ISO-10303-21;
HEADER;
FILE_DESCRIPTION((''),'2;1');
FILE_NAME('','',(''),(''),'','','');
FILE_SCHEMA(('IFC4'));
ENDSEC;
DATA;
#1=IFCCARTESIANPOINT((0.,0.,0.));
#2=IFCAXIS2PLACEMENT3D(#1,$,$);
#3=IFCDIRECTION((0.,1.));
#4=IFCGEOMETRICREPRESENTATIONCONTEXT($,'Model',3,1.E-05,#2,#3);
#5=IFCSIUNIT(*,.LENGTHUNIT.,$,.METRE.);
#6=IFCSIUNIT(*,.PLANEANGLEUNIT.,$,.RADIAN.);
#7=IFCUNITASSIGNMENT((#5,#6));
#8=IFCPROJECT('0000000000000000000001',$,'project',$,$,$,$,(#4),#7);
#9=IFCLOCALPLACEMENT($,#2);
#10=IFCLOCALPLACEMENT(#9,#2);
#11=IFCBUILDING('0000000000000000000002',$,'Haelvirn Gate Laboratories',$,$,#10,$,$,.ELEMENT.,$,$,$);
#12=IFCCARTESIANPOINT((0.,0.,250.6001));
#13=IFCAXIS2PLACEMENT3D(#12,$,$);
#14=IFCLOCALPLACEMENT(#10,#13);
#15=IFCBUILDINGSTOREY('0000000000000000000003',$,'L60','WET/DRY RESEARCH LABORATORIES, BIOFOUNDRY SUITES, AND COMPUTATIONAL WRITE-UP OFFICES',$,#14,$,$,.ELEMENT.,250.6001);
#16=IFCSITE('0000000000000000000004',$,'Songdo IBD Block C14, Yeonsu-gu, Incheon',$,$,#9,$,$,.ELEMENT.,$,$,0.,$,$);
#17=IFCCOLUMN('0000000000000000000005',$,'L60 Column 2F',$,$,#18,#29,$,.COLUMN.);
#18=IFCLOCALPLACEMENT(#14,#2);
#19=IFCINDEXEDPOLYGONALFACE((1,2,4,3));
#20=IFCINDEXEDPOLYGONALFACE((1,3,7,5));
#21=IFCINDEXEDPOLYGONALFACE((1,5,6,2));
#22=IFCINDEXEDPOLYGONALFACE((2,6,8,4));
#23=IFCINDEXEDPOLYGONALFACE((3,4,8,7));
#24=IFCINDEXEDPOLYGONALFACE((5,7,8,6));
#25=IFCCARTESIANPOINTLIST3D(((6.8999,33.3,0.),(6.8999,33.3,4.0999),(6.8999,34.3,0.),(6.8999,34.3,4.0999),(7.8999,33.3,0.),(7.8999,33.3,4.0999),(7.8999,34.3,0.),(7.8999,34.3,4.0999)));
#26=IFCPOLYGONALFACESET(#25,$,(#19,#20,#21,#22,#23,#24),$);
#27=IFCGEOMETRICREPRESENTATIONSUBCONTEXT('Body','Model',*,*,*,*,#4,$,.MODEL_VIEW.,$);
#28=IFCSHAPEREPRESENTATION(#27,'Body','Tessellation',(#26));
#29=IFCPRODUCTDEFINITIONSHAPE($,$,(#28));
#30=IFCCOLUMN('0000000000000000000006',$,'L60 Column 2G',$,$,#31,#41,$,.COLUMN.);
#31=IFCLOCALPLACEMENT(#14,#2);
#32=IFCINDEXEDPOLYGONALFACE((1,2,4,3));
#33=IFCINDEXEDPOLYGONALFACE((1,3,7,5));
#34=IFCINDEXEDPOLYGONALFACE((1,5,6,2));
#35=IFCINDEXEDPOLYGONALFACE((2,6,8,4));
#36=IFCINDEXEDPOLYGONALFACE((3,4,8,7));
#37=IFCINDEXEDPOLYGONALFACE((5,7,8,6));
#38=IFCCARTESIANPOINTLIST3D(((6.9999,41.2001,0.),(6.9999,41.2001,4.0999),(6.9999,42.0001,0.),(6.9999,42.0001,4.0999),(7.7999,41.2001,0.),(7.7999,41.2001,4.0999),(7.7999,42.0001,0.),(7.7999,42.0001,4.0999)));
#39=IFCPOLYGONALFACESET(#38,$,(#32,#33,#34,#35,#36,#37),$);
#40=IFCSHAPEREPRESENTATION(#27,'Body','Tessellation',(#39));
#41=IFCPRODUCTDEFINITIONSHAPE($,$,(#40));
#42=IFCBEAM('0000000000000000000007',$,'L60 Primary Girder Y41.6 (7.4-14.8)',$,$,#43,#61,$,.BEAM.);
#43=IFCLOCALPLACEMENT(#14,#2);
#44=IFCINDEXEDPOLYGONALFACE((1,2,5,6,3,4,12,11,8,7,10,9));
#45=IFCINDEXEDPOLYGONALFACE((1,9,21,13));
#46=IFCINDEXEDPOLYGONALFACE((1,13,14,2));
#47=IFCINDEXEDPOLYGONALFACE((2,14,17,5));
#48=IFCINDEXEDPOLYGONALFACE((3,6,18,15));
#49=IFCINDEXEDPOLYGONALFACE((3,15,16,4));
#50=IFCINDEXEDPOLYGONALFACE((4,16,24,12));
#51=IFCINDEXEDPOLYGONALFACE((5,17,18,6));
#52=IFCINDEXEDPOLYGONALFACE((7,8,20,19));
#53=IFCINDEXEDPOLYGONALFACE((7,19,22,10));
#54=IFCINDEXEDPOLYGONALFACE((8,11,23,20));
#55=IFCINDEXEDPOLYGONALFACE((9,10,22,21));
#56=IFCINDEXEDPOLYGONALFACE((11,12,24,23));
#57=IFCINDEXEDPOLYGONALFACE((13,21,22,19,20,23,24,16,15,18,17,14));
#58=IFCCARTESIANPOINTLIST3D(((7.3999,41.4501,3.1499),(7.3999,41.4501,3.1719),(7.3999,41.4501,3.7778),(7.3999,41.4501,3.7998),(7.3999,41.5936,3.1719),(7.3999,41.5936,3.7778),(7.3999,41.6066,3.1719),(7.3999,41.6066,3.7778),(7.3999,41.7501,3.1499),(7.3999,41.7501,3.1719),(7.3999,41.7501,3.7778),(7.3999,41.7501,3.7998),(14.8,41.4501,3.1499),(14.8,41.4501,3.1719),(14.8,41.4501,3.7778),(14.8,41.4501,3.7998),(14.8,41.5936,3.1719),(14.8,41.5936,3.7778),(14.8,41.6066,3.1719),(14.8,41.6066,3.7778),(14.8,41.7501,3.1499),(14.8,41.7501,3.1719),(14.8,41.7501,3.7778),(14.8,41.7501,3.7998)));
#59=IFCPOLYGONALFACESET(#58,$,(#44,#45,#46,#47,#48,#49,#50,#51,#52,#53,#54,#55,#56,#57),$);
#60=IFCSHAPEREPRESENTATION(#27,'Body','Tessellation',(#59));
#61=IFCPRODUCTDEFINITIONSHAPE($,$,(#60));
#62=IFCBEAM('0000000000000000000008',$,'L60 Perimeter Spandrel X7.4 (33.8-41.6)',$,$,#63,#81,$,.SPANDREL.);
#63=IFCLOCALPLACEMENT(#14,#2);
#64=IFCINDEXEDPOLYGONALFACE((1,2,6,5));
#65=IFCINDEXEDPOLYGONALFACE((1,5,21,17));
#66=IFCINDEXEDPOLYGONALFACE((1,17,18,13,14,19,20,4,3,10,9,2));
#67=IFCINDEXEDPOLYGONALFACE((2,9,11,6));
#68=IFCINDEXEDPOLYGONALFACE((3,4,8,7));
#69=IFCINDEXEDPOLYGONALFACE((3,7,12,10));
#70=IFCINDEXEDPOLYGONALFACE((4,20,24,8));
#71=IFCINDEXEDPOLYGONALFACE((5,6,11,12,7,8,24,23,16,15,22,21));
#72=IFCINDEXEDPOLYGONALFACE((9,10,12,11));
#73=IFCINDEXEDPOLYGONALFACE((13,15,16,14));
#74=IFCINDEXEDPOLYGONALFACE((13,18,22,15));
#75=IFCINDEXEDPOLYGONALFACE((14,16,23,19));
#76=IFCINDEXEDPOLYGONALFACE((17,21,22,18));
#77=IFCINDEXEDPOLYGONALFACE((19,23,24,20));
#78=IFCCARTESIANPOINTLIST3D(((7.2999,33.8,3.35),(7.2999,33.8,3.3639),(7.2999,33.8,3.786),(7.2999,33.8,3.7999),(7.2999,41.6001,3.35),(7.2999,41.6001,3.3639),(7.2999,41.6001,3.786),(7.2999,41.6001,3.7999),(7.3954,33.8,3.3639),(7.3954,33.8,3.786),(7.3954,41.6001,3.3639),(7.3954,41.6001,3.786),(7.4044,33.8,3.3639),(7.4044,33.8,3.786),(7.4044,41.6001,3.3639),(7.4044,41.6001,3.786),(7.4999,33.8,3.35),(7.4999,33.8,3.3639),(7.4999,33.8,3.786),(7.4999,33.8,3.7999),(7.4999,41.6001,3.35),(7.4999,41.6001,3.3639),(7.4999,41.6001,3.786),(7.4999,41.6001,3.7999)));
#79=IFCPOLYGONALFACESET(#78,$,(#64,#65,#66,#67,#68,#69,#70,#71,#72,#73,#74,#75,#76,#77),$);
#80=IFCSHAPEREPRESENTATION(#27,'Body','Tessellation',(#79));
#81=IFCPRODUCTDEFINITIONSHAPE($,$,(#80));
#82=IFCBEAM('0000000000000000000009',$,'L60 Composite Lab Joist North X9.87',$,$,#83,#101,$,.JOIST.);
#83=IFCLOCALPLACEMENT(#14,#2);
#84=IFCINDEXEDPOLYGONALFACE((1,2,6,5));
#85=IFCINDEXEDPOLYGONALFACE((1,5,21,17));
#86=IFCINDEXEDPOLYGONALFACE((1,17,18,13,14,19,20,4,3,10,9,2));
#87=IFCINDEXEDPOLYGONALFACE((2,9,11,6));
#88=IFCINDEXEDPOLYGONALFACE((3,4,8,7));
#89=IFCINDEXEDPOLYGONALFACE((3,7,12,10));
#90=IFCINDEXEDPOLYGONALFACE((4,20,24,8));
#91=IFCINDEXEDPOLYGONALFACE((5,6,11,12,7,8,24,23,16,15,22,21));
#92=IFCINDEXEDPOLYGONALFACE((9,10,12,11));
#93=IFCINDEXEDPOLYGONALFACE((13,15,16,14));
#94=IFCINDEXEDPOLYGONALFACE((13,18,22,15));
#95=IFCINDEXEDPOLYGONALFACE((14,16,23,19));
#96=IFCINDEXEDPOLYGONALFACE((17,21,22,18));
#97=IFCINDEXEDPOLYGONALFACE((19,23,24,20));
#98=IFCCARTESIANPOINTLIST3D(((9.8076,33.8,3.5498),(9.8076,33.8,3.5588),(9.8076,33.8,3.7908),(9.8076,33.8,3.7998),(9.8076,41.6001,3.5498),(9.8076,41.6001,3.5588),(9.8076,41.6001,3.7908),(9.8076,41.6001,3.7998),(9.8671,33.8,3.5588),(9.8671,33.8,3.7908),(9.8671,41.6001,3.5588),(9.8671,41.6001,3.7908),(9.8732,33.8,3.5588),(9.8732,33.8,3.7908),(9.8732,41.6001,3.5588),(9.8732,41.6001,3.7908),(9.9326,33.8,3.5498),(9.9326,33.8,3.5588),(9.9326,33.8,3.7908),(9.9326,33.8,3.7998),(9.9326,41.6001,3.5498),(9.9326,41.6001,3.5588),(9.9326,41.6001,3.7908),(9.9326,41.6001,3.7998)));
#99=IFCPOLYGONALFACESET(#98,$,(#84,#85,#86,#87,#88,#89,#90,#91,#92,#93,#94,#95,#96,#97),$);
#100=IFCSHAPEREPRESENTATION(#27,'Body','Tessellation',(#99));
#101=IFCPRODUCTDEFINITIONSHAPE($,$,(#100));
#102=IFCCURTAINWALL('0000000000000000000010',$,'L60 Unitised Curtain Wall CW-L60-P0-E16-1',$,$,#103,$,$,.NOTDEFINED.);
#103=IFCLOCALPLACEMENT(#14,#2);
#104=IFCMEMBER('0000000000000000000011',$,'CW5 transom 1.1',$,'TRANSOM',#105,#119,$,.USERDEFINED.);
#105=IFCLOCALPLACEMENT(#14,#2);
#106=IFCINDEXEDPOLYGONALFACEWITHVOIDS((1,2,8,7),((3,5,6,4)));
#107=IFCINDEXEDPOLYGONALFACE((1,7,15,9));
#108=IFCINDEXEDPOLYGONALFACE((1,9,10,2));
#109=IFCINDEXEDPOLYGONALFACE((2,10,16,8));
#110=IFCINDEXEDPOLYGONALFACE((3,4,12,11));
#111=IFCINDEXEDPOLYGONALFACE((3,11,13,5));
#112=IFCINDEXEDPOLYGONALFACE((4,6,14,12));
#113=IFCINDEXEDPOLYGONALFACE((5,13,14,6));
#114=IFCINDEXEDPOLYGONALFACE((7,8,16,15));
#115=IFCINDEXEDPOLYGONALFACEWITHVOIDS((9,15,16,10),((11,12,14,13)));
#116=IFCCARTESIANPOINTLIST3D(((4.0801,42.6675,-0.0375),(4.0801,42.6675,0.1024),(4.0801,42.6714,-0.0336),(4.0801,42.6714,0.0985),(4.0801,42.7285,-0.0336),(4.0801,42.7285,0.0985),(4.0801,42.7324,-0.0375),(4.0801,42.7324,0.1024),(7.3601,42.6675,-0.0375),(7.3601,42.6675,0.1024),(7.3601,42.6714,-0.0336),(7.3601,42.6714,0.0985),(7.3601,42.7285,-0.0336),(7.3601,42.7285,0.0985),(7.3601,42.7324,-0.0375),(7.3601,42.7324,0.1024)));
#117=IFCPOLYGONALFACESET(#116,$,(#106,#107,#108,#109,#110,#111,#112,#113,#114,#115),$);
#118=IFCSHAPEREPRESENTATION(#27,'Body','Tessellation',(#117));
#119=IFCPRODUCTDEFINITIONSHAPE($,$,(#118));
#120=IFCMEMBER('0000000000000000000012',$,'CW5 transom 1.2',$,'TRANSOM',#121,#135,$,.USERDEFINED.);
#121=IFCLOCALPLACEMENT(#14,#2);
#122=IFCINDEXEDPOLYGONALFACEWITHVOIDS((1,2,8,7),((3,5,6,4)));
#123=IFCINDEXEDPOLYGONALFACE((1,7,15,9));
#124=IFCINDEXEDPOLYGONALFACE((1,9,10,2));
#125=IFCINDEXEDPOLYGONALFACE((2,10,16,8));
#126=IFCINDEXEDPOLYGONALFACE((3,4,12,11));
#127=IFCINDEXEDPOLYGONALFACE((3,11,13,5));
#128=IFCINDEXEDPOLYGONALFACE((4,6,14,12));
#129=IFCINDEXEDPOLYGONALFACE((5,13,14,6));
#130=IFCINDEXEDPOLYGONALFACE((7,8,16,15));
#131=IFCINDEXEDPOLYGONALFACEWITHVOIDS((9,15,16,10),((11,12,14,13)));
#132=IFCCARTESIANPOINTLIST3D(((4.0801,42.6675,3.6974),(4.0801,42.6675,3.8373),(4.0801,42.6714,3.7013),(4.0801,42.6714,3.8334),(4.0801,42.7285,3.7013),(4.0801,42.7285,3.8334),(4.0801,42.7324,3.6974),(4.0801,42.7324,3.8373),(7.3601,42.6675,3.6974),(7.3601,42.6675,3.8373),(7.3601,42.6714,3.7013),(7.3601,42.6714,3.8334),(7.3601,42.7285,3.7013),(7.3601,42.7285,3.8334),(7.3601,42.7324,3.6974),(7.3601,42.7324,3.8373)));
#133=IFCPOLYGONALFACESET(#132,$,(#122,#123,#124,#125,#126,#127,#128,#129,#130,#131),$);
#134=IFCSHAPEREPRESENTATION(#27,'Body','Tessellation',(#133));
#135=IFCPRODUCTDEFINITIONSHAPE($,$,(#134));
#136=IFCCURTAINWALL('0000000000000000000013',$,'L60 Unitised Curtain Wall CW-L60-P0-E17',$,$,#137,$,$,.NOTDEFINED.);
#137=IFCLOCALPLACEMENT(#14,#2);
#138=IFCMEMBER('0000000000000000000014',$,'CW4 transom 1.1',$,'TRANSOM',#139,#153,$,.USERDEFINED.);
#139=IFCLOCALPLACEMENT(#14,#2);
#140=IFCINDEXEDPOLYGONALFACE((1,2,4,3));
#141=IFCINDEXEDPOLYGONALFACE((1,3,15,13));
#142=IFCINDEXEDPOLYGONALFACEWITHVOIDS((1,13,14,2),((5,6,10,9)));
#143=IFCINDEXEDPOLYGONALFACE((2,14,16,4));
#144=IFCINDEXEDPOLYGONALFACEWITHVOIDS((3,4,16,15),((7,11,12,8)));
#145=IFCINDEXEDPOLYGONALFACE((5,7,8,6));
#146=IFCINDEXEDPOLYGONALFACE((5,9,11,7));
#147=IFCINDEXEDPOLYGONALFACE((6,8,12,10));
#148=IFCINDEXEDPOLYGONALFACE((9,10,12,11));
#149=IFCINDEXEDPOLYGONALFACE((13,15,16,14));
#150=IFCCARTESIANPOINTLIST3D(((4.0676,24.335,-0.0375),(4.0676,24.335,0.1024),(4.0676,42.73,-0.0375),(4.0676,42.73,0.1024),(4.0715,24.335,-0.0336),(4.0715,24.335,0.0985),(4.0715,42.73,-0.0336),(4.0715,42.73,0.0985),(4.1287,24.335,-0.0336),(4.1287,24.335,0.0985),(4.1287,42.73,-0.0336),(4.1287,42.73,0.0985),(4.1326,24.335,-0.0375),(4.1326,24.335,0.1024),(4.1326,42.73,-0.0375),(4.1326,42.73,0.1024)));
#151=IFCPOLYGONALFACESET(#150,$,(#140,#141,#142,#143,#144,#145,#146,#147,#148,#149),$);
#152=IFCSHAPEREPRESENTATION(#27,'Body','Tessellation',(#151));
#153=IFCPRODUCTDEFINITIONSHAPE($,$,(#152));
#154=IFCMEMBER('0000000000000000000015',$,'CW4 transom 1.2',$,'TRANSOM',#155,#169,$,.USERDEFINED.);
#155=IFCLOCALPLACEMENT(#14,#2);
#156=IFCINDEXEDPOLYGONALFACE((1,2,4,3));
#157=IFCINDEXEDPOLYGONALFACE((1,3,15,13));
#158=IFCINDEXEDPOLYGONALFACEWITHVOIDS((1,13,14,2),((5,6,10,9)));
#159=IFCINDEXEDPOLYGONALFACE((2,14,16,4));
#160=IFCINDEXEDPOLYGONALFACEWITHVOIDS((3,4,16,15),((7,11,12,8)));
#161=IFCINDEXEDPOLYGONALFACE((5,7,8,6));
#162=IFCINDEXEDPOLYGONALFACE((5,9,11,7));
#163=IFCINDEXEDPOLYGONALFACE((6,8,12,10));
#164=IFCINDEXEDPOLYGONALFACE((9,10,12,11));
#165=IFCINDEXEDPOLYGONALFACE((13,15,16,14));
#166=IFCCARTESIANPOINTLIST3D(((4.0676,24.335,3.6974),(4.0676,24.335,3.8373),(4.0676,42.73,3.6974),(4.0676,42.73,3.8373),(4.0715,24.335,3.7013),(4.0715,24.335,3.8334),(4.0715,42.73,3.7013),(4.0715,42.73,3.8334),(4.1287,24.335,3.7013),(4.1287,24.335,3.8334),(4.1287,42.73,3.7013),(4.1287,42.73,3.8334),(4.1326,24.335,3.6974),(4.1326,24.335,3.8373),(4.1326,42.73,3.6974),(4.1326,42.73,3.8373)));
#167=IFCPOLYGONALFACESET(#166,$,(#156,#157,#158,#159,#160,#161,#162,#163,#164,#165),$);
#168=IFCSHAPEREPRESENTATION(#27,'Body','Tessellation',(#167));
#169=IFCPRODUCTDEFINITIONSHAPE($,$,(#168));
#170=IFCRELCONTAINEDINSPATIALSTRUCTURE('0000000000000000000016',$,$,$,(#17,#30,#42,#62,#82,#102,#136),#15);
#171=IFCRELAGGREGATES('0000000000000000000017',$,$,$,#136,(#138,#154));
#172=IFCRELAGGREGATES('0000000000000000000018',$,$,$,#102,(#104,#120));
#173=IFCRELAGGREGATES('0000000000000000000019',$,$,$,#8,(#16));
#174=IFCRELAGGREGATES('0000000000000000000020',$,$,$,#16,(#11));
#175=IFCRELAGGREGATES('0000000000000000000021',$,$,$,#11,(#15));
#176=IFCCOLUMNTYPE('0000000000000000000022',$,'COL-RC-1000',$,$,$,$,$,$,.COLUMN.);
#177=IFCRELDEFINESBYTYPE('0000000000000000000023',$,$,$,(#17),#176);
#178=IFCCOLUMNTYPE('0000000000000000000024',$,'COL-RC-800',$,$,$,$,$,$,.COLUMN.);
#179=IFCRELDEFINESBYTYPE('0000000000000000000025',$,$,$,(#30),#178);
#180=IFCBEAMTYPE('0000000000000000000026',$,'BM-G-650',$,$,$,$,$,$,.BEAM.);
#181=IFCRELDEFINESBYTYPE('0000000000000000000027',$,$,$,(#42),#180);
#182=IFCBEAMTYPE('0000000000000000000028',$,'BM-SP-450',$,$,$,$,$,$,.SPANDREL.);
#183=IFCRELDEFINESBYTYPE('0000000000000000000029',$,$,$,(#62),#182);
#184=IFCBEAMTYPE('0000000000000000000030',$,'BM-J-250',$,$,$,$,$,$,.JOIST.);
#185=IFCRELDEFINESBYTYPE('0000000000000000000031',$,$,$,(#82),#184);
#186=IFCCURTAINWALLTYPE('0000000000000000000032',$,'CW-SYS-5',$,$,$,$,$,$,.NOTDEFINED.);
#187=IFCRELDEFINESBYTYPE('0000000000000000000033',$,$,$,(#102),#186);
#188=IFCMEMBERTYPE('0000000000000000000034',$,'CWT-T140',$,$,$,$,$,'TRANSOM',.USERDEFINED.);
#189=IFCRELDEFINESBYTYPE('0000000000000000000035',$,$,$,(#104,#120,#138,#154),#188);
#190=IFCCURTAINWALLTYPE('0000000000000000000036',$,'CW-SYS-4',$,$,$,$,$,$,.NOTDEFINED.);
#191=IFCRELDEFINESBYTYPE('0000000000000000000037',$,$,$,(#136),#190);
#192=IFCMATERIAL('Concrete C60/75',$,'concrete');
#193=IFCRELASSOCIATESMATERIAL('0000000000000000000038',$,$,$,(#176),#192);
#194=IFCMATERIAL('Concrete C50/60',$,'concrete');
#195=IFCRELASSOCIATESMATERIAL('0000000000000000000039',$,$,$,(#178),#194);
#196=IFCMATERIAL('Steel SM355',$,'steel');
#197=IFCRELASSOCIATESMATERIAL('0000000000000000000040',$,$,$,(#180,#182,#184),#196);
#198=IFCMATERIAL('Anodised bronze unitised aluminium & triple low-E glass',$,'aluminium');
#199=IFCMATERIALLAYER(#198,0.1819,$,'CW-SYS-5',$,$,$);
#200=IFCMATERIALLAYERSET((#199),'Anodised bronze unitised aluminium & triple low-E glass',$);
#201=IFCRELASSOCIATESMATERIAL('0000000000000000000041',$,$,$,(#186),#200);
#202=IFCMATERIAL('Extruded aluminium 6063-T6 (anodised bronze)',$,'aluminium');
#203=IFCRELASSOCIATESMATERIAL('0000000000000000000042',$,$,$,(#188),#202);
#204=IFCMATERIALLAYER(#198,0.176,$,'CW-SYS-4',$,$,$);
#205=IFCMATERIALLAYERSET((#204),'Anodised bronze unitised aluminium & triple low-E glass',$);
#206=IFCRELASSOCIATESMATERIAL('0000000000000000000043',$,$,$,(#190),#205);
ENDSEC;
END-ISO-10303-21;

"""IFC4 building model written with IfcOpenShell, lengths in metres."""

from ifc_helpers import new_model, si_unit, direction, frame, origin, origin_2d, place, context, subcontext, project, spatial, rectangle, hollow_rectangle, i_section, extrude, source, transform, mapped, material, layer, layer_set, material_profile, profile_set, type_object, type_shapes, element, aggregate, save


model = new_model("IFC4")

# Units and contexts
model_context = context("Model", 3, precision=1e-05, world=origin(), true_north=direction((0.0, 1.0)))
body_context = subcontext(model_context, "Body", "Model", "MODEL_VIEW")
ifc_project = project(units=[si_unit("LENGTHUNIT", "METRE"), si_unit("PLANEANGLEUNIT", "RADIAN")], contexts=[model_context])

# Site, building, storey
site_placement = place(None, origin())
site = spatial("IfcSite", under=ifc_project, at=site_placement, Name="Songdo IBD Block C14, Yeonsu-gu, Incheon", CompositionType="ELEMENT", RefElevation=0.0)
building_placement = place(site_placement, origin())
building = spatial("IfcBuilding", under=site, at=building_placement, Name="Haelvirn Gate Laboratories", CompositionType="ELEMENT")
storey_placement = place(building_placement, frame((0.0, 0.0, 250.6001)))
storey = spatial("IfcBuildingStorey", under=building, at=storey_placement, Name="L60", Description="WET/DRY RESEARCH LABORATORIES, BIOFOUNDRY SUITES, AND COMPUTATIONAL WRITE-UP OFFICES", CompositionType="ELEMENT", Elevation=250.6001)

# Columns
ifc_material_1 = material(Name="Concrete C60/75", Category="concrete")
ifc_material_profile_1 = material_profile(ifc_material_1, rectangle(XDim=1.0, YDim=1.0, at=origin_2d()), Name="RC-1000x1000")
ifc_profile_set_1 = profile_set([ifc_material_profile_1], Name="Concrete C60/75")
column_type_1 = type_object("IfcColumnType", Name="COL-RC-1000", PredefinedType="COLUMN", material=ifc_profile_set_1)
shared_shape_1 = source(origin(), body_context, "Body", "SweptSolid", [
    extrude(rectangle(XDim=1.0, YDim=1.0, at=origin_2d()), origin(), (0.0, 0.0, 1.0), 4.0999),
])
type_shapes(column_type_1, [shared_shape_1])
column_1_placement = place(storey_placement, frame((7.3999, 33.8, 0.0), z_axis=(0.0, 0.0, 1.0), x_axis=(1.0, 0.0, 0.0)))
element("IfcColumn", 1, at=column_1_placement, inside=storey, type_object=column_type_1, Name="L60 Column 2F", PredefinedType="COLUMN", context=body_context, shape_type="MappedRepresentation", body=[
    mapped(shared_shape_1, transform((0.0, 0.0, 0.0), scale=1.0)),
])
ifc_material_2 = material(Name="Concrete C50/60", Category="concrete")
ifc_material_profile_2 = material_profile(ifc_material_2, rectangle(XDim=0.8, YDim=0.8, at=origin_2d()), Name="RC-800x800")
ifc_profile_set_2 = profile_set([ifc_material_profile_2], Name="Concrete C50/60")
column_type_2 = type_object("IfcColumnType", Name="COL-RC-800", PredefinedType="COLUMN", material=ifc_profile_set_2)
shared_shape_2 = source(origin(), body_context, "Body", "SweptSolid", [
    extrude(rectangle(XDim=0.8, YDim=0.8, at=origin_2d()), origin(), (0.0, 0.0, 1.0), 4.0999),
])
type_shapes(column_type_2, [shared_shape_2])
column_2_placement = place(storey_placement, frame((7.3999, 41.6001, 0.0), z_axis=(0.0, 0.0, 1.0), x_axis=(1.0, 0.0, 0.0)))
element("IfcColumn", 2, at=column_2_placement, inside=storey, type_object=column_type_2, Name="L60 Column 2G", PredefinedType="COLUMN", context=body_context, shape_type="MappedRepresentation", body=[
    mapped(shared_shape_2, transform((0.0, 0.0, 0.0), scale=1.0)),
])

# Beams
ifc_material_3 = material(Name="Steel SM355", Category="steel")
ifc_material_profile_3 = material_profile(ifc_material_3, i_section(OverallWidth=0.3, OverallDepth=0.6499, WebThickness=0.0129, FlangeThickness=0.022, at=origin_2d()), Name="H-650x300x13x22")
ifc_profile_set_3 = profile_set([ifc_material_profile_3], Name="Steel SM355")
beam_type_1 = type_object("IfcBeamType", Name="BM-G-650", PredefinedType="BEAM", material=ifc_profile_set_3)
shared_shape_3 = source(origin(), body_context, "Body", "SweptSolid", [
    extrude(i_section(OverallWidth=0.3, OverallDepth=0.6499, WebThickness=0.0129, FlangeThickness=0.022, at=origin_2d()), origin(), (0.0, 0.0, 1.0), 7.4001),
])
type_shapes(beam_type_1, [shared_shape_3])
beam_1_placement = place(storey_placement, frame((7.3999, 41.6001, 3.4749), z_axis=(1.0, 0.0, 0.0), x_axis=(0.0, 1.0, 0.0)))
element("IfcBeam", 3, at=beam_1_placement, inside=storey, type_object=beam_type_1, Name="L60 Primary Girder Y41.6 (7.4-14.8)", PredefinedType="BEAM", context=body_context, shape_type="MappedRepresentation", body=[
    mapped(shared_shape_3, transform((0.0, 0.0, 0.0), scale=1.0)),
])
ifc_material_profile_4 = material_profile(ifc_material_3, i_section(OverallWidth=0.2, OverallDepth=0.45, WebThickness=0.009, FlangeThickness=0.0139, at=origin_2d()), Name="H-450x200x9x14")
ifc_profile_set_4 = profile_set([ifc_material_profile_4], Name="Steel SM355")
beam_type_2 = type_object("IfcBeamType", Name="BM-SP-450", PredefinedType="SPANDREL", material=ifc_profile_set_4)
shared_shape_4 = source(origin(), body_context, "Body", "SweptSolid", [
    extrude(i_section(OverallWidth=0.2, OverallDepth=0.45, WebThickness=0.009, FlangeThickness=0.0139, at=origin_2d()), origin(), (0.0, 0.0, 1.0), 7.8),
])
type_shapes(beam_type_2, [shared_shape_4])
beam_2_placement = place(storey_placement, frame((7.3999, 33.8, 3.575), z_axis=(0.0, 1.0, 0.0), x_axis=(-1.0, 0.0, 0.0)))
element("IfcBeam", 4, at=beam_2_placement, inside=storey, type_object=beam_type_2, Name="L60 Perimeter Spandrel X7.4 (33.8-41.6)", PredefinedType="SPANDREL", context=body_context, shape_type="MappedRepresentation", body=[
    mapped(shared_shape_4, transform((0.0, 0.0, 0.0), scale=1.0)),
])
ifc_material_profile_5 = material_profile(ifc_material_3, i_section(OverallWidth=0.125, OverallDepth=0.25, WebThickness=0.0061, FlangeThickness=0.009, at=origin_2d()), Name="H-250x125x6x9")
ifc_profile_set_5 = profile_set([ifc_material_profile_5], Name="Steel SM355")
beam_type_3 = type_object("IfcBeamType", Name="BM-J-250", PredefinedType="JOIST", material=ifc_profile_set_5)
shared_shape_5 = source(origin(), body_context, "Body", "SweptSolid", [
    extrude(i_section(OverallWidth=0.125, OverallDepth=0.25, WebThickness=0.0061, FlangeThickness=0.009, at=origin_2d()), origin(), (0.0, 0.0, 1.0), 7.8),
])
type_shapes(beam_type_3, [shared_shape_5])
beam_3_placement = place(storey_placement, frame((9.8701, 33.8, 3.6748), z_axis=(0.0, 1.0, 0.0), x_axis=(-1.0, 0.0, 0.0)))
element("IfcBeam", 5, at=beam_3_placement, inside=storey, type_object=beam_type_3, Name="L60 Composite Lab Joist North X9.87", PredefinedType="JOIST", context=body_context, shape_type="MappedRepresentation", body=[
    mapped(shared_shape_5, transform((0.0, 0.0, 0.0), scale=1.0)),
])

# Curtain walls, members
ifc_material_4 = material(Name="Anodised bronze unitised aluminium & triple low-E glass", Category="aluminium")
ifc_layer_1 = layer(ifc_material_4, 0.1819, Name="CW-SYS-5")
ifc_layer_set_1 = layer_set([ifc_layer_1], Name="Anodised bronze unitised aluminium & triple low-E glass")
curtain_wall_type_1 = type_object("IfcCurtainWallType", Name="CW-SYS-5", PredefinedType="NOTDEFINED", material=ifc_layer_set_1)
curtain_wall_1_placement = place(storey_placement, origin())
curtain_wall_1 = element("IfcCurtainWall", 6, at=curtain_wall_1_placement, inside=storey, type_object=curtain_wall_type_1, Name="L60 Unitised Curtain Wall CW-L60-P0-E16-1", PredefinedType="NOTDEFINED")
ifc_material_5 = material(Name="Extruded aluminium 6063-T6 (anodised bronze)", Category="aluminium")
ifc_material_profile_6 = material_profile(ifc_material_5, hollow_rectangle(XDim=0.0649, YDim=0.1399, WallThickness=0.0039, at=origin_2d()), Name="CWT-140x65x4")
ifc_profile_set_6 = profile_set([ifc_material_profile_6], Name="Extruded aluminium 6063-T6 (anodised bronze)")
member_type_1 = type_object("IfcMemberType", Name="CWT-T140", ElementType="TRANSOM", PredefinedType="USERDEFINED", material=ifc_profile_set_6)
shared_shape_6 = source(origin(), body_context, "Body", "SweptSolid", [
    extrude(hollow_rectangle(XDim=0.0649, YDim=0.1399, WallThickness=0.0039, at=origin_2d()), origin(), (0.0, 0.0, 1.0), 3.28),
])
member_1_placement = place(storey_placement, frame((4.0801, 42.7, 0.0325), z_axis=(1.0, 0.0, 0.0), x_axis=(0.0, 1.0, 0.0)))
member_1 = element("IfcMember", 7, at=member_1_placement, type_object=member_type_1, Name="CW5 transom 1.1", ObjectType="TRANSOM", PredefinedType="USERDEFINED", context=body_context, shape_type="MappedRepresentation", body=[
    mapped(shared_shape_6, transform((0.0, 0.0, 0.0), scale=1.0)),
])
member_2_placement = place(storey_placement, frame((4.0801, 42.7, 3.7673), z_axis=(1.0, 0.0, 0.0), x_axis=(0.0, 1.0, 0.0)))
member_2 = element("IfcMember", 8, at=member_2_placement, type_object=member_type_1, Name="CW5 transom 1.2", ObjectType="TRANSOM", PredefinedType="USERDEFINED", context=body_context, shape_type="MappedRepresentation", body=[
    mapped(shared_shape_6, transform((0.0, 0.0, 0.0), scale=1.0)),
])
ifc_layer_2 = layer(ifc_material_4, 0.176, Name="CW-SYS-4")
ifc_layer_set_2 = layer_set([ifc_layer_2], Name="Anodised bronze unitised aluminium & triple low-E glass")
curtain_wall_type_2 = type_object("IfcCurtainWallType", Name="CW-SYS-4", PredefinedType="NOTDEFINED", material=ifc_layer_set_2)
curtain_wall_2_placement = place(storey_placement, origin())
curtain_wall_2 = element("IfcCurtainWall", 9, at=curtain_wall_2_placement, inside=storey, type_object=curtain_wall_type_2, Name="L60 Unitised Curtain Wall CW-L60-P0-E17", PredefinedType="NOTDEFINED")
shared_shape_7 = source(origin(), body_context, "Body", "SweptSolid", [
    extrude(hollow_rectangle(XDim=0.0649, YDim=0.1399, WallThickness=0.0039, at=origin_2d()), origin(), (0.0, 0.0, 1.0), 18.395),
])
member_3_placement = place(storey_placement, frame((4.1001, 42.73, 0.0325), z_axis=(0.0, -1.0, 0.0), x_axis=(1.0, 0.0, 0.0)))
member_3 = element("IfcMember", 10, at=member_3_placement, type_object=member_type_1, Name="CW4 transom 1.1", ObjectType="TRANSOM", PredefinedType="USERDEFINED", context=body_context, shape_type="MappedRepresentation", body=[
    mapped(shared_shape_7, transform((0.0, 0.0, 0.0), scale=1.0)),
])
member_4_placement = place(storey_placement, frame((4.1001, 42.73, 3.7673), z_axis=(0.0, -1.0, 0.0), x_axis=(1.0, 0.0, 0.0)))
member_4 = element("IfcMember", 11, at=member_4_placement, type_object=member_type_1, Name="CW4 transom 1.2", ObjectType="TRANSOM", PredefinedType="USERDEFINED", context=body_context, shape_type="MappedRepresentation", body=[
    mapped(shared_shape_7, transform((0.0, 0.0, 0.0), scale=1.0)),
])

aggregate(curtain_wall_2, [member_3, member_4])

aggregate(curtain_wall_1, [member_1, member_2])

save(model, "model.ifc")
